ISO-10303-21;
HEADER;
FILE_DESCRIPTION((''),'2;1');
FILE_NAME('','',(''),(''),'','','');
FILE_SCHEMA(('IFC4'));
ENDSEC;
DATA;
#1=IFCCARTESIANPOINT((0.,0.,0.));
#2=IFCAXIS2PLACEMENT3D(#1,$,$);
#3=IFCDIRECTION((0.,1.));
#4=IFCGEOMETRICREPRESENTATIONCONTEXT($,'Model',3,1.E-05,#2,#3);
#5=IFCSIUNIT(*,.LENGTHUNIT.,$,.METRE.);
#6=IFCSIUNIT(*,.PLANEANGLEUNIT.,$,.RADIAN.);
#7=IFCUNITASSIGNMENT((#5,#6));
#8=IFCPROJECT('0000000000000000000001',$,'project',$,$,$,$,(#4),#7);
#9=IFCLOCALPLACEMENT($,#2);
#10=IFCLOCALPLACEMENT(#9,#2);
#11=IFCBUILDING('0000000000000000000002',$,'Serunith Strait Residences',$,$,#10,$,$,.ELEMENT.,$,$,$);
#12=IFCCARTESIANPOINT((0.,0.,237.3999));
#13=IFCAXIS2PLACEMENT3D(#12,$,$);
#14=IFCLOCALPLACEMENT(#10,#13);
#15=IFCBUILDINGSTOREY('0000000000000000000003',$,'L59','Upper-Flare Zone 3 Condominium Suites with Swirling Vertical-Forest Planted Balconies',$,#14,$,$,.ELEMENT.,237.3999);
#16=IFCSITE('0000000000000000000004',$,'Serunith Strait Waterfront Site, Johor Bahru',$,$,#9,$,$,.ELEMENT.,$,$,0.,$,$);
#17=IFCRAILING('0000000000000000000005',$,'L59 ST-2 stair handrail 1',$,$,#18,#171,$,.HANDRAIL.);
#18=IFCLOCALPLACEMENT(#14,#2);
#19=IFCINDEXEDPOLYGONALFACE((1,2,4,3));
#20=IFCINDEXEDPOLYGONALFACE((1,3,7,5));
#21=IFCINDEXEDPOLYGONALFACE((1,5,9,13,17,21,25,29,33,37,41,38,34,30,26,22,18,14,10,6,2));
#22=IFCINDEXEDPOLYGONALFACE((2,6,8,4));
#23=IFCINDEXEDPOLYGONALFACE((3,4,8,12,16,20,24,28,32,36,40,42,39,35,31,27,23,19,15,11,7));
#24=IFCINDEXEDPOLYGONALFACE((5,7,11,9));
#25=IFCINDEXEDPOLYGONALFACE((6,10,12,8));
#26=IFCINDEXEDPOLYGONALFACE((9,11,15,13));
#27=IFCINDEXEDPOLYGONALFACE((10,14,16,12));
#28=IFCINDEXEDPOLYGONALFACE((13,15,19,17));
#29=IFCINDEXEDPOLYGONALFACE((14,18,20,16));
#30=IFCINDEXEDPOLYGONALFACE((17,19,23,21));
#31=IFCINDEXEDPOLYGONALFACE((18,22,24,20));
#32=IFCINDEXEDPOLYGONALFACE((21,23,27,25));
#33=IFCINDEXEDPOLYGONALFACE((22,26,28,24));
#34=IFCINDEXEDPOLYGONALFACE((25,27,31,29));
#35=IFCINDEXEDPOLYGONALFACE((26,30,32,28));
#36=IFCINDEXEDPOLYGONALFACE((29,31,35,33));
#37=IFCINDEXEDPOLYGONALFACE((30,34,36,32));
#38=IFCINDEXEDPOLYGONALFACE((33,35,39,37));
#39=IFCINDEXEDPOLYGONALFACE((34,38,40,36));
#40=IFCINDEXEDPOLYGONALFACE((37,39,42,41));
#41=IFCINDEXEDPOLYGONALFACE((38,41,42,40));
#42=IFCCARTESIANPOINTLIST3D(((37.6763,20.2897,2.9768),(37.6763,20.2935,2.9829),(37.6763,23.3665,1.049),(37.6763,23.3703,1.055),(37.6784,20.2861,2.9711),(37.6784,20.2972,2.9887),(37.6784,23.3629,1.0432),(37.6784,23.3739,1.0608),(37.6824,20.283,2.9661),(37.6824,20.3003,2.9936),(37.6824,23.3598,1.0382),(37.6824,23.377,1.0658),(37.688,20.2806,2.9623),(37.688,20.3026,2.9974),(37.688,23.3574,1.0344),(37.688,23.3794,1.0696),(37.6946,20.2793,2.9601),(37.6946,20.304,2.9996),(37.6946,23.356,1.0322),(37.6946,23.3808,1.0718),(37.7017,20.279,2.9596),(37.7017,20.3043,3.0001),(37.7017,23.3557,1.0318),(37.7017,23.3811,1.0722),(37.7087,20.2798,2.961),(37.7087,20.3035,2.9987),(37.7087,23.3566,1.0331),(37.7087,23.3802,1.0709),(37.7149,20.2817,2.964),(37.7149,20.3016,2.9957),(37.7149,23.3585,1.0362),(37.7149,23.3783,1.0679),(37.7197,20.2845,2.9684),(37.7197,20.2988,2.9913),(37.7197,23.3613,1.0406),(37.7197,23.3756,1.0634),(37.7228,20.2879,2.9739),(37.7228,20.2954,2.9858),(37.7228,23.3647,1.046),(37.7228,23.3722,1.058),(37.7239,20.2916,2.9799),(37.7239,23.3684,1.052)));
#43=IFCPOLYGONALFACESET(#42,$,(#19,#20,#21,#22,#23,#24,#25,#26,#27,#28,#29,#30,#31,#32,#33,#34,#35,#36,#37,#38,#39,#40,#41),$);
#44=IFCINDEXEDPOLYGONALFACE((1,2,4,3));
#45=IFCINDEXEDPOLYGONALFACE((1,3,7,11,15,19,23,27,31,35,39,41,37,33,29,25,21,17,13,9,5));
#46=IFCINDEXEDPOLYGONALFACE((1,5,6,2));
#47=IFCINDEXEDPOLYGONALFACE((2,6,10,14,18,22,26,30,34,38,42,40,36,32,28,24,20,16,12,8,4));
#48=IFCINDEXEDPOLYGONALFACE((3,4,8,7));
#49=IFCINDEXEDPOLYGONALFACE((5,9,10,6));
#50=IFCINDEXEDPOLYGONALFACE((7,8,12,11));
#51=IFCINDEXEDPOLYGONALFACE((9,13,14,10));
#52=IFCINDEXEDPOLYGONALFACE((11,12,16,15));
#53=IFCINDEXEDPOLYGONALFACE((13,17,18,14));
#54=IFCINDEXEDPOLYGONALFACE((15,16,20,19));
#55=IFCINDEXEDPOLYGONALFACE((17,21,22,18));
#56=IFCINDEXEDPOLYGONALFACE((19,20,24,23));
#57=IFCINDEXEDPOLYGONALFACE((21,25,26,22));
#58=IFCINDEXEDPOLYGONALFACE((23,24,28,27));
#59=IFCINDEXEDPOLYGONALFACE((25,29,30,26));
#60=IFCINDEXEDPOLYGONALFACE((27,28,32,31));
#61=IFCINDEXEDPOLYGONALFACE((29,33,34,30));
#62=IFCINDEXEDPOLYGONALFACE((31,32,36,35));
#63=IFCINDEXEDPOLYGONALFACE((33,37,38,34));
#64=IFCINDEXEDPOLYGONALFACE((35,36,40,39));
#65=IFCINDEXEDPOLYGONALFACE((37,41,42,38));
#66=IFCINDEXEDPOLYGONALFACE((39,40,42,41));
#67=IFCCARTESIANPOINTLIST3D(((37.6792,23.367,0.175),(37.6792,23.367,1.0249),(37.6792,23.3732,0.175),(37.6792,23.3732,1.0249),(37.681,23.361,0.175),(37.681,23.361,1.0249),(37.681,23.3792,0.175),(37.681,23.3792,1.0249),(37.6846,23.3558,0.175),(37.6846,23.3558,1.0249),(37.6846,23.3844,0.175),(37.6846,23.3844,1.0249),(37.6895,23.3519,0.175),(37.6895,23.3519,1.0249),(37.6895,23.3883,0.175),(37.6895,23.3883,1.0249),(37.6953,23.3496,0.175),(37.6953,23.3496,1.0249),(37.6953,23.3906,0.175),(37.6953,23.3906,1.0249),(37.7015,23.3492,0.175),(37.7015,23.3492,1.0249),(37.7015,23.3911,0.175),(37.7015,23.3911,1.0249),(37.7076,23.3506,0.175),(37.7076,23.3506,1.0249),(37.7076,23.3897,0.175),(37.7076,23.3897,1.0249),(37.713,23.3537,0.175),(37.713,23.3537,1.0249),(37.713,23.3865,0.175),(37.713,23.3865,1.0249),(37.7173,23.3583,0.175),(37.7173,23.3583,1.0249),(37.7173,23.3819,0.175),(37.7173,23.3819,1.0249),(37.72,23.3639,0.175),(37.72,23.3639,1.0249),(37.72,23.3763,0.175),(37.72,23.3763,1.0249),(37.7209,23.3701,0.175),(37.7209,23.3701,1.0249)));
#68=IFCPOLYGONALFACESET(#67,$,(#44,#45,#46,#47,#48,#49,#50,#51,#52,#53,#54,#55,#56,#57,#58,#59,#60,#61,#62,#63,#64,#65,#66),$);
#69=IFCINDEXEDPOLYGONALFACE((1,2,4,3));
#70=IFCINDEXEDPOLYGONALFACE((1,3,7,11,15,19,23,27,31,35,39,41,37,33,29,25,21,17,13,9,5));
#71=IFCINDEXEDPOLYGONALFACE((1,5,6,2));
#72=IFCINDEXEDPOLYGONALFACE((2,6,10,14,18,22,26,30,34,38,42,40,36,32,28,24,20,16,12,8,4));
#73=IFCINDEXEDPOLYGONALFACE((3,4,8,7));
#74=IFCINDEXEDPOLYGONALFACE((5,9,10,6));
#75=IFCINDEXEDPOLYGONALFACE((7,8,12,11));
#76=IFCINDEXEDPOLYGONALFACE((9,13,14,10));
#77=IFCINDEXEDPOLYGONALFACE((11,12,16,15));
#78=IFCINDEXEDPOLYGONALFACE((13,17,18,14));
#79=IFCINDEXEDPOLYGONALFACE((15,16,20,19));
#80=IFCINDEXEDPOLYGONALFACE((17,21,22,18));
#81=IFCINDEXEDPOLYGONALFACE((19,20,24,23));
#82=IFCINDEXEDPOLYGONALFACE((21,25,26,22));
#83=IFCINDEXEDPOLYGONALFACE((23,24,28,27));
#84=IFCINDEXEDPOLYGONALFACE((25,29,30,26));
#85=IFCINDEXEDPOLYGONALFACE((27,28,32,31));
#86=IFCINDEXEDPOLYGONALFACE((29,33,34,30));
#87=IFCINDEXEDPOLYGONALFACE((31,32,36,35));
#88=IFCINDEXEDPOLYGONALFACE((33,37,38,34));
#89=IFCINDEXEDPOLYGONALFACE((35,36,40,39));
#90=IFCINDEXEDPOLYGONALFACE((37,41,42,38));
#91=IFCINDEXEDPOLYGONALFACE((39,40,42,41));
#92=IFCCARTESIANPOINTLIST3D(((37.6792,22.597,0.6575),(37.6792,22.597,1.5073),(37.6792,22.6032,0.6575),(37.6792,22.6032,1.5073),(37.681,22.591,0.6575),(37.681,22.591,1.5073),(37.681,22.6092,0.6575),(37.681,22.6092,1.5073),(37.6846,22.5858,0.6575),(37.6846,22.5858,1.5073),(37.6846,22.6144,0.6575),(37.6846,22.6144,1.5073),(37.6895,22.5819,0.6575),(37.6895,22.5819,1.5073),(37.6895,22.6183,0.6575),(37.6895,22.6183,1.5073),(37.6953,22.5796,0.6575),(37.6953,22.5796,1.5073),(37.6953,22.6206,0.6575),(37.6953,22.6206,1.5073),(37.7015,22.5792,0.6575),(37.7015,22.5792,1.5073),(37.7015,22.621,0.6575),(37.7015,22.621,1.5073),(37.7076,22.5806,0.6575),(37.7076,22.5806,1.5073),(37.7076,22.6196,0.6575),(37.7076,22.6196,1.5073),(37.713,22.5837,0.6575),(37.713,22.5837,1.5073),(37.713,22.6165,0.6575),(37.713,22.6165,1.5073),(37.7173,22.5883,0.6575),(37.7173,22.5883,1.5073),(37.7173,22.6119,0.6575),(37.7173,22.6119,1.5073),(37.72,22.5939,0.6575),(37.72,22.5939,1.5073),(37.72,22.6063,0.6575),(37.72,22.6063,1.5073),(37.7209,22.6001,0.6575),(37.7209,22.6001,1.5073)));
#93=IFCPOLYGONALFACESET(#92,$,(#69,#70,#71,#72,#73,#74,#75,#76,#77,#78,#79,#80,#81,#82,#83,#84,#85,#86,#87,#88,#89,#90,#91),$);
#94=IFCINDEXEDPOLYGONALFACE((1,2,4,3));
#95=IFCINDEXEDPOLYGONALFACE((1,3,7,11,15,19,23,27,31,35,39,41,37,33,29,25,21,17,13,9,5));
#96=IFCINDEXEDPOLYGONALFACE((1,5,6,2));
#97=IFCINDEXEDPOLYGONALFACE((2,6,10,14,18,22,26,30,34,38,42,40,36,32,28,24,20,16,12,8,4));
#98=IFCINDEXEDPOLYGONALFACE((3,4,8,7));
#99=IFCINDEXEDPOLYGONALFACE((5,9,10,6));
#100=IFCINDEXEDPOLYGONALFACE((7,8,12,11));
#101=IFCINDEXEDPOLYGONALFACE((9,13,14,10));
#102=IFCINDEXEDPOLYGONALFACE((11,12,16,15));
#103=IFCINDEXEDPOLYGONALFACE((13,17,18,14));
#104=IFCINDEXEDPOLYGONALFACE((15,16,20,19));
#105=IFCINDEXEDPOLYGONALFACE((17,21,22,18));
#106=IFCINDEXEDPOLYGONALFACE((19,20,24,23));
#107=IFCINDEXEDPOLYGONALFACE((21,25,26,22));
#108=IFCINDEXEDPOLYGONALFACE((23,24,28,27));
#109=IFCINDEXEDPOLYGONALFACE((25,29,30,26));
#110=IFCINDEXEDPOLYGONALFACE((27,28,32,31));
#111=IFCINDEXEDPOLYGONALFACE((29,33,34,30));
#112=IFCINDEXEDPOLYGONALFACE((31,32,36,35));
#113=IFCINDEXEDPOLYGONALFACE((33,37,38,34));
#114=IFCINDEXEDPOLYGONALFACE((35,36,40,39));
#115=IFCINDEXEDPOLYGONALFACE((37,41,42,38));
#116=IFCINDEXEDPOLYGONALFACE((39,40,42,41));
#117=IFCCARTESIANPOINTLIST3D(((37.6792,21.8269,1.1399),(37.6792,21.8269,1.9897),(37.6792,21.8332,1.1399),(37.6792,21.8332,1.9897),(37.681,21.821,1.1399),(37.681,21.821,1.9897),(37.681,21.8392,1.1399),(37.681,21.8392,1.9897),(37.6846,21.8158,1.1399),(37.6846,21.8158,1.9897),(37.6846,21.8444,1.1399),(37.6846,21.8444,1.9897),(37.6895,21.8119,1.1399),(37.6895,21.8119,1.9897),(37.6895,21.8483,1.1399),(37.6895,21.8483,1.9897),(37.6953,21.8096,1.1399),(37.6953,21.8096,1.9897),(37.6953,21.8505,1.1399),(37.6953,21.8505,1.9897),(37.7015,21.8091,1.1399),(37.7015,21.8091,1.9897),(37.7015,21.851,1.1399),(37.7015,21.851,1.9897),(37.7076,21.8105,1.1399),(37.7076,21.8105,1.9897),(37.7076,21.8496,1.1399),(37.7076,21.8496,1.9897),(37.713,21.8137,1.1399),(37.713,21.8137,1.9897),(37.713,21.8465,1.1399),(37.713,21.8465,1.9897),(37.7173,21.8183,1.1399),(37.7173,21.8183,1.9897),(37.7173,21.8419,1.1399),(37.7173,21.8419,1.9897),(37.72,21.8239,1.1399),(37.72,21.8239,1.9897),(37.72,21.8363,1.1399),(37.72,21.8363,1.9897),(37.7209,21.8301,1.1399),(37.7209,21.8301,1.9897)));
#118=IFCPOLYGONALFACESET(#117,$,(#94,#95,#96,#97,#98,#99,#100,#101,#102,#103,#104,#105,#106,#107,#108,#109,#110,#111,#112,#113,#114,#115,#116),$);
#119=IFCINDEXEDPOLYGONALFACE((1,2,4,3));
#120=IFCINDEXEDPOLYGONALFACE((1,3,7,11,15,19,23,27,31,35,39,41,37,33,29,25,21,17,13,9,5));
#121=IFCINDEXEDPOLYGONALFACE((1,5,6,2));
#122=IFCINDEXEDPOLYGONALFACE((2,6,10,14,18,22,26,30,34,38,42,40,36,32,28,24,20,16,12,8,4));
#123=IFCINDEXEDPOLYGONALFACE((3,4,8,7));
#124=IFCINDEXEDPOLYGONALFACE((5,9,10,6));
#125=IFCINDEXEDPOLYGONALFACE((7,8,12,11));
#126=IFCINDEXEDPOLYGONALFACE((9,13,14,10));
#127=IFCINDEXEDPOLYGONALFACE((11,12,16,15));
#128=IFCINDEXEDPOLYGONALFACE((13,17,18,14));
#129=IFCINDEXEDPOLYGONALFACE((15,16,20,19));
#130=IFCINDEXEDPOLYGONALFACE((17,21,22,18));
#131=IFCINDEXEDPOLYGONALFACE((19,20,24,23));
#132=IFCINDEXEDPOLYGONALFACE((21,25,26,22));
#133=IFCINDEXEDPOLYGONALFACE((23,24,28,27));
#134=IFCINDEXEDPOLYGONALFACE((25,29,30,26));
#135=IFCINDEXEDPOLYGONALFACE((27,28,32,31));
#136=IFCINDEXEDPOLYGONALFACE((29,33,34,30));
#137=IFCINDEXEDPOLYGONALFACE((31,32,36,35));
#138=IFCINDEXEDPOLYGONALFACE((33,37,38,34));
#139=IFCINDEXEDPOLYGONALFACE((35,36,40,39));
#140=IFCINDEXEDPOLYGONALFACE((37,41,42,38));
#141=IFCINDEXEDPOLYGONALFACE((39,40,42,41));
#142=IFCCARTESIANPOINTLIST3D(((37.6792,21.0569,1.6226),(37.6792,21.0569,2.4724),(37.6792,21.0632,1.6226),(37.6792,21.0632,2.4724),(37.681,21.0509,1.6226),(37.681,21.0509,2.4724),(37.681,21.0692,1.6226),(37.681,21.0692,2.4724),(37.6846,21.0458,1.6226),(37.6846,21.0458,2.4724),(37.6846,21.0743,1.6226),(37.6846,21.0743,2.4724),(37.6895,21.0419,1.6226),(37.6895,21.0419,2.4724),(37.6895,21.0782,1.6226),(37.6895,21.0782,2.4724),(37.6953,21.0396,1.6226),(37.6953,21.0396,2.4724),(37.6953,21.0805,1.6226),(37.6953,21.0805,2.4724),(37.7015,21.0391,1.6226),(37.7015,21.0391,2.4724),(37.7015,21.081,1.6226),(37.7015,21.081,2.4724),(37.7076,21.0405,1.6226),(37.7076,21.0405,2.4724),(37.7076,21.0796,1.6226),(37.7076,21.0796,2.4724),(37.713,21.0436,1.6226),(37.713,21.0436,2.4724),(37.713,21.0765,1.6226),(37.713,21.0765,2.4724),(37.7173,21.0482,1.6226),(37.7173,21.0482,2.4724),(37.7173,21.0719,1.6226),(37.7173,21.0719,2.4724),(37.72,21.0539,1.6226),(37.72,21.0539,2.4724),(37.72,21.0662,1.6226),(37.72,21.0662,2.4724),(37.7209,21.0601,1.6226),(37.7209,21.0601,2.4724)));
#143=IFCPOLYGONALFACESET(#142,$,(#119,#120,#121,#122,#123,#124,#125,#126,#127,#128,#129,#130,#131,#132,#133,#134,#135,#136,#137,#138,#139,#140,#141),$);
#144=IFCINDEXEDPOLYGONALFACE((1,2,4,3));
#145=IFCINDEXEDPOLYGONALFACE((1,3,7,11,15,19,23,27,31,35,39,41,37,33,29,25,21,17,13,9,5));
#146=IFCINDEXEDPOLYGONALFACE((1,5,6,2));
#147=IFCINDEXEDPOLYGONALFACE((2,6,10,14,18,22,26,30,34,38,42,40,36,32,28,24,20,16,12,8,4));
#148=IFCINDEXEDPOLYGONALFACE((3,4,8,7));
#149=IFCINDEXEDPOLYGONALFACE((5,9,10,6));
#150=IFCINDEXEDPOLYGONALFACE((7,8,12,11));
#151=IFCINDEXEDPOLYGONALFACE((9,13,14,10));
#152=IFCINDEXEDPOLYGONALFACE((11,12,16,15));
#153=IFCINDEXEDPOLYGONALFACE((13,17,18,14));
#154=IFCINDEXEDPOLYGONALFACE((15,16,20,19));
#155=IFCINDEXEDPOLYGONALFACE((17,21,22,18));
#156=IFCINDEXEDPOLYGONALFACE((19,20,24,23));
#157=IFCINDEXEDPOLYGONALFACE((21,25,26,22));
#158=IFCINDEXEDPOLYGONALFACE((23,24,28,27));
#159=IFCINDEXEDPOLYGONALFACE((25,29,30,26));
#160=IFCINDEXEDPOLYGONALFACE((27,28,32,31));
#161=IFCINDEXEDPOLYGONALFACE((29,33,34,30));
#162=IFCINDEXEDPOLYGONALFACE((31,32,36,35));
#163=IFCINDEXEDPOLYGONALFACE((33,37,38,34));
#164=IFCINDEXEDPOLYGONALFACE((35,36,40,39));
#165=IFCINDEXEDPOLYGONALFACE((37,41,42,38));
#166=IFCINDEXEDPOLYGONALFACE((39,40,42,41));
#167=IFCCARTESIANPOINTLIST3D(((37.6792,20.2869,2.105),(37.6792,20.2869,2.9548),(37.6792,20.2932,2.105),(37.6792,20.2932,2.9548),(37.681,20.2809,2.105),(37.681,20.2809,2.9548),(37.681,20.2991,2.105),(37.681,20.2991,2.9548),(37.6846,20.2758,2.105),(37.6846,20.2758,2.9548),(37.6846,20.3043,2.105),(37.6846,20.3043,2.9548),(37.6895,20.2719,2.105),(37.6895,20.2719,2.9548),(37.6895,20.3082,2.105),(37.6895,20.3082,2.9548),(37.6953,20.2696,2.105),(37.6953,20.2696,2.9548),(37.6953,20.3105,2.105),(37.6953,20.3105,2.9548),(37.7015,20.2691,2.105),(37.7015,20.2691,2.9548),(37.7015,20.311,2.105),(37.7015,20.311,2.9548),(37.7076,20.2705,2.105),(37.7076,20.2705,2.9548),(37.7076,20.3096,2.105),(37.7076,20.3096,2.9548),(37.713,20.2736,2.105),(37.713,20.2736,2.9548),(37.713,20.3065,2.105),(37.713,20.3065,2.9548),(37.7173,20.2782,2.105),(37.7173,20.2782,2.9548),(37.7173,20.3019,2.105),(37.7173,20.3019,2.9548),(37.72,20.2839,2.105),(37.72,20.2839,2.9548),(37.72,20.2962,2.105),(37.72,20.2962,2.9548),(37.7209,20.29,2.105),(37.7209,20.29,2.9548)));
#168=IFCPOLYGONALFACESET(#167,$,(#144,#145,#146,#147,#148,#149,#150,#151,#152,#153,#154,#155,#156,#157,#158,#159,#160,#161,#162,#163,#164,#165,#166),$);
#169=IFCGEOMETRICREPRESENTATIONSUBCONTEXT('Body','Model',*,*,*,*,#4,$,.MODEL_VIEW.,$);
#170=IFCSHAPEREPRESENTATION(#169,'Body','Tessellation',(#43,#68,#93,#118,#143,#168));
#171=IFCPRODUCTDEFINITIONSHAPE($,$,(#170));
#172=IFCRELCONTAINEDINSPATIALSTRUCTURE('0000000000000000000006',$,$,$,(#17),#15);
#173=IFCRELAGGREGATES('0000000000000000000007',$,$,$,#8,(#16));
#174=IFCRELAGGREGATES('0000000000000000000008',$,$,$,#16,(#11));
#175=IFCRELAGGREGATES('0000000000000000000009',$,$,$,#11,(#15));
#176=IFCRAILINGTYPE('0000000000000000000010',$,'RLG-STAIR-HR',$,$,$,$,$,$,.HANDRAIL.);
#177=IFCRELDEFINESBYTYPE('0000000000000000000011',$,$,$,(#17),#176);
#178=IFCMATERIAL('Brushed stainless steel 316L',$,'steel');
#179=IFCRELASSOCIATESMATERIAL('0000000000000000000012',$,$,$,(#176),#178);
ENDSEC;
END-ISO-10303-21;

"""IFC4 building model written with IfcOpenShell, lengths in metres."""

from ifc_helpers import new_model, si_unit, direction, frame, origin, origin_2d, place, context, subcontext, project, spatial, circle, extrude, material, type_object, element, save


model = new_model("IFC4")

# Units and contexts
model_context = context("Model", 3, precision=1e-05, world=origin(), true_north=direction((0.0, 1.0)))
body_context = subcontext(model_context, "Body", "Model", "MODEL_VIEW")
ifc_project = project(units=[si_unit("LENGTHUNIT", "METRE"), si_unit("PLANEANGLEUNIT", "RADIAN")], contexts=[model_context])

# Site, building, storey
site_placement = place(None, origin())
site = spatial("IfcSite", under=ifc_project, at=site_placement, Name="Serunith Strait Waterfront Site, Johor Bahru", CompositionType="ELEMENT", RefElevation=0.0)
building_placement = place(site_placement, origin())
building = spatial("IfcBuilding", under=site, at=building_placement, Name="Serunith Strait Residences", CompositionType="ELEMENT")
storey_placement = place(building_placement, frame((0.0, 0.0, 237.3999)))
storey = spatial("IfcBuildingStorey", under=building, at=storey_placement, Name="L59", Description="Upper-Flare Zone 3 Condominium Suites with Swirling Vertical-Forest Planted Balconies", CompositionType="ELEMENT", Elevation=237.3999)

# Railing
ifc_material_1 = material(Name="Brushed stainless steel 316L", Category="steel")
railing_type_1 = type_object("IfcRailingType", Name="RLG-STAIR-HR", PredefinedType="HANDRAIL", material=ifc_material_1)
railing_1_placement = place(storey_placement, frame((37.7, 23.3701, 0.175)))
element("IfcRailing", 1, at=railing_1_placement, inside=storey, type_object=railing_type_1, Name="L59 ST-2 stair handrail 1", PredefinedType="HANDRAIL", context=body_context, shape_type="SweptSolid", body=[
    extrude(circle(Radius=0.0239, at=origin_2d()), frame((0.0, -0.0017, 0.877), z_axis=(0.0, -0.847394, 0.530965), x_axis=(1.0, 0.0, 0.0)), (0.0, 0.0, 1.0), 3.6309),
    extrude(circle(Radius=0.021, at=origin_2d()), origin(), (0.0, 0.0, 1.0), 0.8499),
    extrude(circle(Radius=0.021, at=origin_2d()), frame((0.0, -0.77, 0.4824)), (0.0, 0.0, 1.0), 0.8499),
    extrude(circle(Radius=0.021, at=origin_2d()), frame((0.0, -1.54, 0.9648)), (0.0, 0.0, 1.0), 0.8499),
    extrude(circle(Radius=0.021, at=origin_2d()), frame((0.0, -2.3101, 1.4475)), (0.0, 0.0, 1.0), 0.8499),
    extrude(circle(Radius=0.021, at=origin_2d()), frame((0.0, -3.0801, 1.9299)), (0.0, 0.0, 1.0), 0.8499),
])

save(model, "model.ifc")
